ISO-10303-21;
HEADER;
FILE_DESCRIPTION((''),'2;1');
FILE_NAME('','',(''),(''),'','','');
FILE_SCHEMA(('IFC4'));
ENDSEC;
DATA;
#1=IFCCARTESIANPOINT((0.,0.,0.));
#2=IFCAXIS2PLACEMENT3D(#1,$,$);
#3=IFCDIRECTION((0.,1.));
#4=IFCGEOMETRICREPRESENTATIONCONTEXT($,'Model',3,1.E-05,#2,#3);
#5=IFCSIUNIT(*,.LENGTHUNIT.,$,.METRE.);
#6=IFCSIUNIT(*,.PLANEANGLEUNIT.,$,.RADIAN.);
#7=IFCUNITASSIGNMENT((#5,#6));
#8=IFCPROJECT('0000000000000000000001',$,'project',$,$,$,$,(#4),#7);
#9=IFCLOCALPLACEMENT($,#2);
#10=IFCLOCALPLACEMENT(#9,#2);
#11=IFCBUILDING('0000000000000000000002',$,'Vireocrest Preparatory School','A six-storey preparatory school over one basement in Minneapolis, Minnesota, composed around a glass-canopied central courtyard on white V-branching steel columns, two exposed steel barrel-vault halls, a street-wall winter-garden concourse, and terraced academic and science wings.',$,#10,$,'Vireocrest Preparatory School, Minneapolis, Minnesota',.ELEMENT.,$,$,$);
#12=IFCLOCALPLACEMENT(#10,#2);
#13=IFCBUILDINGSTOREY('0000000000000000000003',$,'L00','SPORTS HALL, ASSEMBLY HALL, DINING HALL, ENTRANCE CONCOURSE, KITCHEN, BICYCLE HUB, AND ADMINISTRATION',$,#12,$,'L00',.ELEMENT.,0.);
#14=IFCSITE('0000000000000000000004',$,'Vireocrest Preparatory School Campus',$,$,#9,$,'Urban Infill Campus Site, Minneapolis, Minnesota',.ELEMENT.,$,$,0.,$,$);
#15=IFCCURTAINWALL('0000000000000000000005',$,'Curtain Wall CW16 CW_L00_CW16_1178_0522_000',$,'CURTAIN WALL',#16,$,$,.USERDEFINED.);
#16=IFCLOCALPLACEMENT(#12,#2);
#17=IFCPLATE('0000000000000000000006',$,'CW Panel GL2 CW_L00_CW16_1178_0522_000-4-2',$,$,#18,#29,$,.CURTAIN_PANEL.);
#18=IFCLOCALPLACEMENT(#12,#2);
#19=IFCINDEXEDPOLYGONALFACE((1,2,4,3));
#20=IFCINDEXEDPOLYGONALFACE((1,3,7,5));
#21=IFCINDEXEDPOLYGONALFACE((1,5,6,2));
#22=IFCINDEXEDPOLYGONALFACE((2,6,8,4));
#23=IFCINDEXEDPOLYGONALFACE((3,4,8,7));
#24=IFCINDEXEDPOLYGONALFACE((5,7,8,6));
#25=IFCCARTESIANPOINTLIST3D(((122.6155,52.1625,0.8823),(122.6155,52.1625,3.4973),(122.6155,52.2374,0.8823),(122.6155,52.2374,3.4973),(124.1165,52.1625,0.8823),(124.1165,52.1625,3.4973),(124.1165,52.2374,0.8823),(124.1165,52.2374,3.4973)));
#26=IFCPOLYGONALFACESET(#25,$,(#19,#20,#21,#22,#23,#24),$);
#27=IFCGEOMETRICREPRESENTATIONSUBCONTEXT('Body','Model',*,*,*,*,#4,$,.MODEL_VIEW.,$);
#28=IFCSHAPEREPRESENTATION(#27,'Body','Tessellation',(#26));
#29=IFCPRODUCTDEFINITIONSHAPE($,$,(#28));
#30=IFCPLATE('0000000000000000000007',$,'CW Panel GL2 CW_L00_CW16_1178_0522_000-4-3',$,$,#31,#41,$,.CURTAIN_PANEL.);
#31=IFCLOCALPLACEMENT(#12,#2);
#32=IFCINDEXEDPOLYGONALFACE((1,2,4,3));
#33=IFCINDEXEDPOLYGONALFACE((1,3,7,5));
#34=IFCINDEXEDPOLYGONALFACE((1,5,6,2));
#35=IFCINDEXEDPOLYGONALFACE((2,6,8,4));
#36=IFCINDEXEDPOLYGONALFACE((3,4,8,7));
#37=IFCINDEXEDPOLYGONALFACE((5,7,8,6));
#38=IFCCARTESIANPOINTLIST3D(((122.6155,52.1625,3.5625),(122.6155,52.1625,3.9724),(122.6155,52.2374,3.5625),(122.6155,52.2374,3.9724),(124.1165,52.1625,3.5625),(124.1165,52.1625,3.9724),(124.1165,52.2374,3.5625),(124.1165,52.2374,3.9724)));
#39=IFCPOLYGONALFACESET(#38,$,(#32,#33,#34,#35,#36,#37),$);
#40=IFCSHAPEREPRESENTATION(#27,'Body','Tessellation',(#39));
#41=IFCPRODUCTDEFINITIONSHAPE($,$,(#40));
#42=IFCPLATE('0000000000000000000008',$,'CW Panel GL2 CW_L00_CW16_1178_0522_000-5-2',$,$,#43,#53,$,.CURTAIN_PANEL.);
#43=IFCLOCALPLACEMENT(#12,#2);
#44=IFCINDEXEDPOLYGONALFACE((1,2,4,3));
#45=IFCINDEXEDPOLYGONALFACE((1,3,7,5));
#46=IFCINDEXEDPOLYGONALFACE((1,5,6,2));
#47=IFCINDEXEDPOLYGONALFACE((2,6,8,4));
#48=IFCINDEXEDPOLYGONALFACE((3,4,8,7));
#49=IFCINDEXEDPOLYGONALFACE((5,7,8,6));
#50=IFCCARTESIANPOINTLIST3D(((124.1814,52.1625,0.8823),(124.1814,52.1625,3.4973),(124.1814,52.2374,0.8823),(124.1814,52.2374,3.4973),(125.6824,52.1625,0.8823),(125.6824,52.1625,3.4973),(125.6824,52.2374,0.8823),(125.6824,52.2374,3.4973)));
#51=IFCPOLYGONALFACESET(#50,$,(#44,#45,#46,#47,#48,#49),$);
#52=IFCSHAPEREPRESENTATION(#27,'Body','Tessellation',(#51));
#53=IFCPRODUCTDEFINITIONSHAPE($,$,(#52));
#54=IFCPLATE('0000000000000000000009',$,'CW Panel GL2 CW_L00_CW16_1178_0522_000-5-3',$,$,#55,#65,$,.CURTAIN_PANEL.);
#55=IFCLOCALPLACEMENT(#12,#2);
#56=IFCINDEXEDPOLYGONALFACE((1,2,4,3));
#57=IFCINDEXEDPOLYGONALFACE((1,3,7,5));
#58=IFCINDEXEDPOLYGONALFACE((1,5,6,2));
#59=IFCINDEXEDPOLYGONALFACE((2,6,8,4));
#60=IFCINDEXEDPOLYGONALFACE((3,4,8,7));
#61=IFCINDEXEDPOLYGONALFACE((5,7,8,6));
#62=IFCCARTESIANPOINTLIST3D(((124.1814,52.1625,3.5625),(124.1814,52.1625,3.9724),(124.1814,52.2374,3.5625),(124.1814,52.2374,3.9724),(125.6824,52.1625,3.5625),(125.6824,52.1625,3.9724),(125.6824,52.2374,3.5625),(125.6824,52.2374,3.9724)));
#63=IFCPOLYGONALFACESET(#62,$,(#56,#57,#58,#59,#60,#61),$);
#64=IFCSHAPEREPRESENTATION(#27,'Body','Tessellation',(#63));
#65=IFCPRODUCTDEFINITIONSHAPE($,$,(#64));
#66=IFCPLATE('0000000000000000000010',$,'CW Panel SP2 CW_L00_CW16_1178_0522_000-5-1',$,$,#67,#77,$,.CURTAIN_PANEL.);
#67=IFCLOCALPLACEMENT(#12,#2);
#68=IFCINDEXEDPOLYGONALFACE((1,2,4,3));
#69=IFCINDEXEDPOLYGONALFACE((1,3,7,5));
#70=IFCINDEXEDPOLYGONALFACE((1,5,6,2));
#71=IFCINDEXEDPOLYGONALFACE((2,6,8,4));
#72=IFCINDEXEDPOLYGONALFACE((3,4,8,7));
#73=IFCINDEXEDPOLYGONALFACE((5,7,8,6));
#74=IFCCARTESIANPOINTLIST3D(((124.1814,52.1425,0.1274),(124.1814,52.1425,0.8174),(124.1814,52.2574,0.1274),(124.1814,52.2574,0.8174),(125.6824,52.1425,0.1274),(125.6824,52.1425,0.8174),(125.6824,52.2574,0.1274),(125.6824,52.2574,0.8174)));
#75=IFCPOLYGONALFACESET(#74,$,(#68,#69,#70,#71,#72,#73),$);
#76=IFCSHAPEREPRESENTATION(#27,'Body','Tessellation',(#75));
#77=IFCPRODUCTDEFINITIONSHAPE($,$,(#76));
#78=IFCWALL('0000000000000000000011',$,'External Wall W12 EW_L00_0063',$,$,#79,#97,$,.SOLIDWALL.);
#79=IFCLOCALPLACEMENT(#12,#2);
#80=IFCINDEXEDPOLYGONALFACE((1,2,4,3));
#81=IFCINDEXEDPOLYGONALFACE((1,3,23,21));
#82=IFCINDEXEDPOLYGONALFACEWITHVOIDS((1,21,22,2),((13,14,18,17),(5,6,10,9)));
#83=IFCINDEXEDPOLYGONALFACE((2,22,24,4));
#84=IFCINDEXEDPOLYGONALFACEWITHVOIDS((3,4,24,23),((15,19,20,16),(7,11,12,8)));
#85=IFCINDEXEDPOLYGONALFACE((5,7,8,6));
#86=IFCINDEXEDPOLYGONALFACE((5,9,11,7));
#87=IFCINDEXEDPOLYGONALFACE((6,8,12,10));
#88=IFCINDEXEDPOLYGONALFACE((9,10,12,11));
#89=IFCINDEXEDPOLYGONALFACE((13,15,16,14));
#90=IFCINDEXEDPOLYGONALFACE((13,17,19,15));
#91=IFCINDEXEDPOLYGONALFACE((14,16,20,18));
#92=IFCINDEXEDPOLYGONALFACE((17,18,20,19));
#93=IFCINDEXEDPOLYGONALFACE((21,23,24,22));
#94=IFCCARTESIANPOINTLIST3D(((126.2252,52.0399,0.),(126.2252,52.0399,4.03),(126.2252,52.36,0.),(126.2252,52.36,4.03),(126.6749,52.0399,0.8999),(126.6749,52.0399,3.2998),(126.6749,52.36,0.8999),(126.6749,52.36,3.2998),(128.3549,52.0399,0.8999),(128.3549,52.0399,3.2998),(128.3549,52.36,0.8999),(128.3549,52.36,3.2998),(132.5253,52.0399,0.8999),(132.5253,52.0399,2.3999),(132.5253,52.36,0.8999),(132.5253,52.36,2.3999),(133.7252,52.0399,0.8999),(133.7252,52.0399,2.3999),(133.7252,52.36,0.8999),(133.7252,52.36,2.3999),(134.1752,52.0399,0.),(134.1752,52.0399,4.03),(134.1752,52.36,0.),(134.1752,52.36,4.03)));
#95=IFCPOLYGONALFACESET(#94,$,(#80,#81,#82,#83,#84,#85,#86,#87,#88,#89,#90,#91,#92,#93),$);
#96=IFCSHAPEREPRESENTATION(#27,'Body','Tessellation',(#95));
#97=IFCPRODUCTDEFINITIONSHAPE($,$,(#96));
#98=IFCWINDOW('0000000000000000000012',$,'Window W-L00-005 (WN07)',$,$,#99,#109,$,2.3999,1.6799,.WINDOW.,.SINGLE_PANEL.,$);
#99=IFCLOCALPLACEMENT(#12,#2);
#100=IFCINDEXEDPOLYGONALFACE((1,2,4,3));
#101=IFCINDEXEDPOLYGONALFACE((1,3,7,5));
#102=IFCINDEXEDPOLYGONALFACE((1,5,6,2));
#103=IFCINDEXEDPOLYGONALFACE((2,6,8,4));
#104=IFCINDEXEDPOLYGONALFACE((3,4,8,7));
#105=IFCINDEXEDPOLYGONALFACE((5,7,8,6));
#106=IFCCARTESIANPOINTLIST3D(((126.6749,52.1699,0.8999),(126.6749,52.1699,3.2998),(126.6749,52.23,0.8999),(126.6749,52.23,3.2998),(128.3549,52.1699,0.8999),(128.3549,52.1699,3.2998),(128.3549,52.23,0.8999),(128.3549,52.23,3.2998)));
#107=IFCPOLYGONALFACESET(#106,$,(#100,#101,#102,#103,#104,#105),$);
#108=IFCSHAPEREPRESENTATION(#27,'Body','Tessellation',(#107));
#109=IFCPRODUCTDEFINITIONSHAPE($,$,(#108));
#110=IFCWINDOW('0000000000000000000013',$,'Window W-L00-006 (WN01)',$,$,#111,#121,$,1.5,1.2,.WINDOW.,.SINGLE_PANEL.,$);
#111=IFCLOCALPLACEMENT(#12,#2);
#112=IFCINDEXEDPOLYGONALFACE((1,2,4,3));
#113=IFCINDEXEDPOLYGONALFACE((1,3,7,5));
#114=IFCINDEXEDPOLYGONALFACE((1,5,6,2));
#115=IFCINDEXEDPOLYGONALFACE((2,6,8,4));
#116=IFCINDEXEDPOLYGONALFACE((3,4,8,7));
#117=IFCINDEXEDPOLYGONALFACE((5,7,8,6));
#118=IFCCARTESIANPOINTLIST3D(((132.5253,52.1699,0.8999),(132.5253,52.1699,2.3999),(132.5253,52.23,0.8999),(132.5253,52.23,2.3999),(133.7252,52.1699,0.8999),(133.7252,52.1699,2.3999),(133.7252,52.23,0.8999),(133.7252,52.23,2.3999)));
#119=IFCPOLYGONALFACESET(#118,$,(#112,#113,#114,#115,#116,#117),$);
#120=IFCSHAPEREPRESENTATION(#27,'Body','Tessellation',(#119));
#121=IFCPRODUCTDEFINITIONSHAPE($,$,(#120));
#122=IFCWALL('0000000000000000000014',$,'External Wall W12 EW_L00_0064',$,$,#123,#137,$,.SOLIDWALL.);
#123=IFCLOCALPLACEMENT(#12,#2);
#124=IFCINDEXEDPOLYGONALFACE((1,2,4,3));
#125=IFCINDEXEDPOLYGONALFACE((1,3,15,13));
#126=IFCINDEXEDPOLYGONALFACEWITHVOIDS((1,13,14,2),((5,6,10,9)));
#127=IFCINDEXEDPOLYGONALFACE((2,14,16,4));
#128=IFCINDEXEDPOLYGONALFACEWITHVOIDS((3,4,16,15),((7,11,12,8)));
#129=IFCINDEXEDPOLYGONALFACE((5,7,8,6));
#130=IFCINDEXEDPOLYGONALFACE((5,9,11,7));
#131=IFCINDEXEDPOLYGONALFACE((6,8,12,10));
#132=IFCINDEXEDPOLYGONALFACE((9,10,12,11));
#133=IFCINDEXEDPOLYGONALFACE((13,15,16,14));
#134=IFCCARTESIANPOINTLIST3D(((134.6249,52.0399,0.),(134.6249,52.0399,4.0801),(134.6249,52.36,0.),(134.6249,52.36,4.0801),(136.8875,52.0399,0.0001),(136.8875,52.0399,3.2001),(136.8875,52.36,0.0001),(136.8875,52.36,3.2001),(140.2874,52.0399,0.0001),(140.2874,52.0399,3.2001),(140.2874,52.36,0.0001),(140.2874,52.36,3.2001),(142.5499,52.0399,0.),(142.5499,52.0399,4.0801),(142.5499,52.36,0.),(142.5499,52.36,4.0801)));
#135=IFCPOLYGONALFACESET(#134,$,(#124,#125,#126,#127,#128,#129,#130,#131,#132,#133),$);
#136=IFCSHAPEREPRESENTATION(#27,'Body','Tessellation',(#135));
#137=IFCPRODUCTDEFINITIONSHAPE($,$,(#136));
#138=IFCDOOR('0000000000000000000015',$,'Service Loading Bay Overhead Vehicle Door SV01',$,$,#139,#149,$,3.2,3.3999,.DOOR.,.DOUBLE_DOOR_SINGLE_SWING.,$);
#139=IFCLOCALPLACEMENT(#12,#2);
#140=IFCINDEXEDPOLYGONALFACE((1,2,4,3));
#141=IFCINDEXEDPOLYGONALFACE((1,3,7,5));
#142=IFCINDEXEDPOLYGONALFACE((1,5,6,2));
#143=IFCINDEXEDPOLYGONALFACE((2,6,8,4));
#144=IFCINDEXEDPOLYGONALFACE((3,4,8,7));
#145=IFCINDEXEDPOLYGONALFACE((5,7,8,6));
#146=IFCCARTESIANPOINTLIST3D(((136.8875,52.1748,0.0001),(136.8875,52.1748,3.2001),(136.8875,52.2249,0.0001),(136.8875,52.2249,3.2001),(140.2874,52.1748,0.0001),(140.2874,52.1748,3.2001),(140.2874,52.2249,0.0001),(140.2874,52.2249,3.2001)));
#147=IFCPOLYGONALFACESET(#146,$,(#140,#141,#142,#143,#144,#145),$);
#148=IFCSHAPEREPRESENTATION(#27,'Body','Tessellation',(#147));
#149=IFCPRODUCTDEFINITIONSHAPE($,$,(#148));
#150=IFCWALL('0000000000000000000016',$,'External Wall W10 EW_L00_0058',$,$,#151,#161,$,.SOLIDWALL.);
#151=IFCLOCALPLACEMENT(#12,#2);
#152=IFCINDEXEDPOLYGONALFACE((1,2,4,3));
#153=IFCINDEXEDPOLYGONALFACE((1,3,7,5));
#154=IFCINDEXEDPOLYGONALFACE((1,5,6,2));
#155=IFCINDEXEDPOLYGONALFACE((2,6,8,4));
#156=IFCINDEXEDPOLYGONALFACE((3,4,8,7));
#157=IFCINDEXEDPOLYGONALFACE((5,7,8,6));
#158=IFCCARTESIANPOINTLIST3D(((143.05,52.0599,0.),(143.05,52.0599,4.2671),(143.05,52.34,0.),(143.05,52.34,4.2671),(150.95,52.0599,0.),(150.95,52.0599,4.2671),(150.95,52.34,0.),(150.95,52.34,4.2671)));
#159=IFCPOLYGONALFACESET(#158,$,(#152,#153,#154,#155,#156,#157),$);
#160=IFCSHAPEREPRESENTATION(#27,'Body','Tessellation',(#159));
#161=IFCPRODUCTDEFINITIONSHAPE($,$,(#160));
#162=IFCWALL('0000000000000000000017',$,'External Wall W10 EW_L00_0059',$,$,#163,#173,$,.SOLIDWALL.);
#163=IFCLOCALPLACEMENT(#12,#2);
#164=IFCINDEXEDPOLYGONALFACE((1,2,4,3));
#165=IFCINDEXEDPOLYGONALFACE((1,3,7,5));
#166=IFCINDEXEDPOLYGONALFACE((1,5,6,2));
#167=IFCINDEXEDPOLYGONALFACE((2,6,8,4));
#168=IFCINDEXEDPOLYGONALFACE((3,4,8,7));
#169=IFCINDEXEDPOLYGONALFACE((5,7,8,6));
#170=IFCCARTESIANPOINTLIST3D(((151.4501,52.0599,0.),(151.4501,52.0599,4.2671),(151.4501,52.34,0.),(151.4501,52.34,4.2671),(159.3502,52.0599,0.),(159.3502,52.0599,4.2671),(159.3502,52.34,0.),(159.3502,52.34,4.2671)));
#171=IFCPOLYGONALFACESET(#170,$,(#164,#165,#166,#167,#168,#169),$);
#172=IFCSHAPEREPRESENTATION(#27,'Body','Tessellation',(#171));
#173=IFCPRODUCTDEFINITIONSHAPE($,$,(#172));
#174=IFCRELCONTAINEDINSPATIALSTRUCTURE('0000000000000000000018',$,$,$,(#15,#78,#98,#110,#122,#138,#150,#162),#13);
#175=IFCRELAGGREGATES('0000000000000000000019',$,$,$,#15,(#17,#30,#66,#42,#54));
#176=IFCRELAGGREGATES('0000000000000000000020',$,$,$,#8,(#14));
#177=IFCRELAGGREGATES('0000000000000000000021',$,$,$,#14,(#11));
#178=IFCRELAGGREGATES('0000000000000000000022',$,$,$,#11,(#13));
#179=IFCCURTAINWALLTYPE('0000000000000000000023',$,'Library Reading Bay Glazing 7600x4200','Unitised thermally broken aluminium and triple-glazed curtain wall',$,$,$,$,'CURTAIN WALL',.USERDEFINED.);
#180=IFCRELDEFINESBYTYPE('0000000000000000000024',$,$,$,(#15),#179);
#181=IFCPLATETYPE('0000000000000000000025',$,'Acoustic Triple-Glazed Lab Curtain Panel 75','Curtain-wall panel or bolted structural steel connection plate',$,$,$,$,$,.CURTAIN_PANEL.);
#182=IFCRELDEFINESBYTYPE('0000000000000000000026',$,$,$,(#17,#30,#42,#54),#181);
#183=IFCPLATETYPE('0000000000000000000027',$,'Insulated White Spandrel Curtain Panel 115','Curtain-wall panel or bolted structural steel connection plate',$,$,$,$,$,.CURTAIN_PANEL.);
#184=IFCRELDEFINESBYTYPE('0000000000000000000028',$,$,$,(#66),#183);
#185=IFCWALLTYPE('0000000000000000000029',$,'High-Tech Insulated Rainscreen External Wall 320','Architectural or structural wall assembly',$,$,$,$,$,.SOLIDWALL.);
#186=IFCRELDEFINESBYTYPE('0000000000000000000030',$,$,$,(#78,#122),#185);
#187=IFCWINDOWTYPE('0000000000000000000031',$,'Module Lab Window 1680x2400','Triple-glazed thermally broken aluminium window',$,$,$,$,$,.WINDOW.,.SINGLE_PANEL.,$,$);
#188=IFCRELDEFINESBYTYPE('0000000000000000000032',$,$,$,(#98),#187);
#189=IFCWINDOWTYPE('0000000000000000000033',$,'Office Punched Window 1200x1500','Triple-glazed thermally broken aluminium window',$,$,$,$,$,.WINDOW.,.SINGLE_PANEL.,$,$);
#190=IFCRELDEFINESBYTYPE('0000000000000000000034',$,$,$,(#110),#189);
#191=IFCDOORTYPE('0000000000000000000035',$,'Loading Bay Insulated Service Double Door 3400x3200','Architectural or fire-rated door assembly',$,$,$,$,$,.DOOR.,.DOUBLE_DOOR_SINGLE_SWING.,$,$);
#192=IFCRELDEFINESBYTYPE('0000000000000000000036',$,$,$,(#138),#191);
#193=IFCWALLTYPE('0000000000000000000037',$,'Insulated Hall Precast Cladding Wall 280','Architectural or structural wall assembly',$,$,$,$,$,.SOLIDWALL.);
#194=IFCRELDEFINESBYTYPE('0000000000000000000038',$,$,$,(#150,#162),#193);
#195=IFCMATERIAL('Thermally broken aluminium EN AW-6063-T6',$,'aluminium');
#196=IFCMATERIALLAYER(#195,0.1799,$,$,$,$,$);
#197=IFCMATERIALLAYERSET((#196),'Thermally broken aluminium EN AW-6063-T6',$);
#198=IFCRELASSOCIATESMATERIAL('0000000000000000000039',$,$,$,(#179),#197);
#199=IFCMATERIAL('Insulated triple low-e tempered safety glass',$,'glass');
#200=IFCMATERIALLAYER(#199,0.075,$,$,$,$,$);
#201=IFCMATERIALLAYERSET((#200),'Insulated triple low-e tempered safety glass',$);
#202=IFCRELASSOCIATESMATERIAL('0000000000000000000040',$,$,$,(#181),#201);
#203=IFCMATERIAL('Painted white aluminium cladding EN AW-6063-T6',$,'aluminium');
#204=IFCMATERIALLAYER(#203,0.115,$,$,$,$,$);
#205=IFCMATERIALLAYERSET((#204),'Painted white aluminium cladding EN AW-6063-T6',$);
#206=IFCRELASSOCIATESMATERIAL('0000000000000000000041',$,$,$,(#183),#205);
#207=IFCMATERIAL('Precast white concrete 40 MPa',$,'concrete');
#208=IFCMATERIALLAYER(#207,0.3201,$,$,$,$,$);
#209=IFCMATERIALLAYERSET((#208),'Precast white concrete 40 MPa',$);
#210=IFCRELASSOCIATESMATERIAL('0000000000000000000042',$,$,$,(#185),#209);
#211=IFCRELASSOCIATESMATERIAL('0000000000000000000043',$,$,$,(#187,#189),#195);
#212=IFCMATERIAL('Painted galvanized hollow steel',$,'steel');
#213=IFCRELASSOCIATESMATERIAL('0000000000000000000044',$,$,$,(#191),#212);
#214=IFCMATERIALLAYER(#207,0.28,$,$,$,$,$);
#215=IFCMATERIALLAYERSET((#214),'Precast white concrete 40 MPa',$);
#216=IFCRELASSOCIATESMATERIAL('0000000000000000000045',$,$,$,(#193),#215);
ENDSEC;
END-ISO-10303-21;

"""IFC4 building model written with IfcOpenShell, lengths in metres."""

from ifc_helpers import new_model, si_unit, direction, frame, frame_2d, origin, origin_2d, place, context, subcontext, project, spatial, rectangle, extrude, material, layer, layer_set, type_object, element, fill, aggregate, save


model = new_model("IFC4")

# Units and contexts
model_context = context("Model", 3, precision=1e-05, world=origin(), true_north=direction((0.0, 1.0)))
body_context = subcontext(model_context, "Body", "Model", "MODEL_VIEW")
ifc_project = project(units=[si_unit("LENGTHUNIT", "METRE"), si_unit("PLANEANGLEUNIT", "RADIAN")], contexts=[model_context])

# Site, building, storey
site_placement = place(None, origin())
site = spatial("IfcSite", under=ifc_project, at=site_placement, Name="Vireocrest Preparatory School Campus", LongName="Urban Infill Campus Site, Minneapolis, Minnesota", CompositionType="ELEMENT", RefElevation=0.0)
building_placement = place(site_placement, origin())
building = spatial("IfcBuilding", under=site, at=building_placement, Name="Vireocrest Preparatory School", Description="A six-storey preparatory school over one basement in Minneapolis, Minnesota, composed around a glass-canopied central courtyard on white V-branching steel columns, two exposed steel barrel-vault halls, a street-wall winter-garden concourse, and terraced academic and science wings.", LongName="Vireocrest Preparatory School, Minneapolis, Minnesota", CompositionType="ELEMENT")
storey_placement = place(building_placement, origin())
storey = spatial("IfcBuildingStorey", under=building, at=storey_placement, Name="L00", Description="SPORTS HALL, ASSEMBLY HALL, DINING HALL, ENTRANCE CONCOURSE, KITCHEN, BICYCLE HUB, AND ADMINISTRATION", LongName="L00", CompositionType="ELEMENT", Elevation=0.0)

# Curtain wall
ifc_material_1 = material(Name="Thermally broken aluminium EN AW-6063-T6", Category="aluminium")
ifc_layer_1 = layer(ifc_material_1, 0.1799)
ifc_layer_set_1 = layer_set([ifc_layer_1], Name="Thermally broken aluminium EN AW-6063-T6")
curtain_wall_type = type_object("IfcCurtainWallType", Name="Library Reading Bay Glazing 7600x4200", Description="Unitised thermally broken aluminium and triple-glazed curtain wall", ElementType="CURTAIN WALL", PredefinedType="USERDEFINED", material=ifc_layer_set_1)
curtain_wall_placement = place(storey_placement, origin())
curtain_wall = element("IfcCurtainWall", 1, at=curtain_wall_placement, inside=storey, type_object=curtain_wall_type, Name="Curtain Wall CW16 CW_L00_CW16_1178_0522_000", ObjectType="CURTAIN WALL", PredefinedType="USERDEFINED")

# Plates
ifc_material_2 = material(Name="Insulated triple low-e tempered safety glass", Category="glass")
ifc_layer_2 = layer(ifc_material_2, 0.075)
ifc_layer_set_2 = layer_set([ifc_layer_2], Name="Insulated triple low-e tempered safety glass")
plate_type_1 = type_object("IfcPlateType", Name="Acoustic Triple-Glazed Lab Curtain Panel 75", Description="Curtain-wall panel or bolted structural steel connection plate", PredefinedType="CURTAIN_PANEL", material=ifc_layer_set_2)
plate_1_placement = place(storey_placement, frame((123.366, 52.2, 0.8823), z_axis=(0.0, 0.0, 1.0), x_axis=(1.0, 0.0, 0.0)))
plate_1 = element("IfcPlate", 2, at=plate_1_placement, type_object=plate_type_1, Name="CW Panel GL2 CW_L00_CW16_1178_0522_000-4-2", PredefinedType="CURTAIN_PANEL", context=body_context, shape_type="SweptSolid", body=[
    extrude(rectangle(XDim=1.501, YDim=0.075, at=origin_2d()), origin(), (0.0, 0.0, 1.0), 2.615),
])
plate_2_placement = place(storey_placement, frame((123.366, 52.2, 3.5625), z_axis=(0.0, 0.0, 1.0), x_axis=(1.0, 0.0, 0.0)))
plate_2 = element("IfcPlate", 3, at=plate_2_placement, type_object=plate_type_1, Name="CW Panel GL2 CW_L00_CW16_1178_0522_000-4-3", PredefinedType="CURTAIN_PANEL", context=body_context, shape_type="SweptSolid", body=[
    extrude(rectangle(XDim=1.501, YDim=0.075, at=origin_2d()), origin(), (0.0, 0.0, 1.0), 0.4099),
])
plate_3_placement = place(storey_placement, frame((124.9319, 52.2, 0.8823), z_axis=(0.0, 0.0, 1.0), x_axis=(1.0, 0.0, 0.0)))
plate_3 = element("IfcPlate", 4, at=plate_3_placement, type_object=plate_type_1, Name="CW Panel GL2 CW_L00_CW16_1178_0522_000-5-2", PredefinedType="CURTAIN_PANEL", context=body_context, shape_type="SweptSolid", body=[
    extrude(rectangle(XDim=1.501, YDim=0.075, at=origin_2d()), origin(), (0.0, 0.0, 1.0), 2.615),
])
plate_4_placement = place(storey_placement, frame((124.9319, 52.2, 3.5625), z_axis=(0.0, 0.0, 1.0), x_axis=(1.0, 0.0, 0.0)))
plate_4 = element("IfcPlate", 5, at=plate_4_placement, type_object=plate_type_1, Name="CW Panel GL2 CW_L00_CW16_1178_0522_000-5-3", PredefinedType="CURTAIN_PANEL", context=body_context, shape_type="SweptSolid", body=[
    extrude(rectangle(XDim=1.501, YDim=0.075, at=origin_2d()), origin(), (0.0, 0.0, 1.0), 0.4099),
])
ifc_material_3 = material(Name="Painted white aluminium cladding EN AW-6063-T6", Category="aluminium")
ifc_layer_3 = layer(ifc_material_3, 0.115)
ifc_layer_set_3 = layer_set([ifc_layer_3], Name="Painted white aluminium cladding EN AW-6063-T6")
plate_type_2 = type_object("IfcPlateType", Name="Insulated White Spandrel Curtain Panel 115", Description="Curtain-wall panel or bolted structural steel connection plate", PredefinedType="CURTAIN_PANEL", material=ifc_layer_set_3)
plate_5_placement = place(storey_placement, frame((124.9319, 52.2, 0.1274), z_axis=(0.0, 0.0, 1.0), x_axis=(1.0, 0.0, 0.0)))
plate_5 = element("IfcPlate", 6, at=plate_5_placement, type_object=plate_type_2, Name="CW Panel SP2 CW_L00_CW16_1178_0522_000-5-1", PredefinedType="CURTAIN_PANEL", context=body_context, shape_type="SweptSolid", body=[
    extrude(rectangle(XDim=1.501, YDim=0.115, at=origin_2d()), origin(), (0.0, 0.0, 1.0), 0.6899),
])
aggregate(curtain_wall, [plate_1, plate_2, plate_5, plate_3, plate_4])

# Wall, openings, windows
ifc_material_4 = material(Name="Precast white concrete 40 MPa", Category="concrete")
ifc_layer_4 = layer(ifc_material_4, 0.3201)
ifc_layer_set_4 = layer_set([ifc_layer_4], Name="Precast white concrete 40 MPa")
wall_type_1 = type_object("IfcWallType", Name="High-Tech Insulated Rainscreen External Wall 320", Description="Architectural or structural wall assembly", PredefinedType="SOLIDWALL", material=ifc_layer_set_4)
wall_1_placement = place(storey_placement, frame((126.2251, 52.2, 0.0), z_axis=(0.0, 0.0, 1.0), x_axis=(1.0, 0.0, 0.0)))
wall_1 = element("IfcWall", 7, at=wall_1_placement, inside=storey, type_object=wall_type_1, Name="External Wall W12 EW_L00_0063", PredefinedType="SOLIDWALL", context=body_context, shape_type="SweptSolid", body=[
    extrude(rectangle(XDim=7.95, YDim=0.3201, at=frame_2d((3.9751, 0.0))), origin(), (0.0, 0.0, 1.0), 4.03),
])
opening_1_placement = place(wall_1_placement, frame((0.45, 0.0, 0.8999)))
opening_1 = element("IfcOpeningElement", 8, at=opening_1_placement, cuts=wall_1, PredefinedType="OPENING", context=body_context, shape_type="SweptSolid", body=[
    extrude(rectangle(XDim=1.6799, YDim=2.3999, at=frame_2d((0.8398, 1.2))), frame((0.0, 0.1699, 0.0), z_axis=(0.0, -1.0, 0.0), x_axis=(1.0, 0.0, 0.0)), (0.0, 0.0, 1.0), 0.3401),
])
opening_2_placement = place(wall_1_placement, frame((6.3, 0.0, 0.8999)))
opening_2 = element("IfcOpeningElement", 9, at=opening_2_placement, cuts=wall_1, PredefinedType="OPENING", context=body_context, shape_type="SweptSolid", body=[
    extrude(rectangle(XDim=1.2, YDim=1.5, at=frame_2d((0.6001, 0.75))), frame((0.0, 0.1699, 0.0), z_axis=(0.0, -1.0, 0.0), x_axis=(1.0, 0.0, 0.0)), (0.0, 0.0, 1.0), 0.3401),
])
window_type_1 = type_object("IfcWindowType", Name="Module Lab Window 1680x2400", Description="Triple-glazed thermally broken aluminium window", PartitioningType="SINGLE_PANEL", PredefinedType="WINDOW", material=ifc_material_1)
window_1_placement = place(opening_1_placement, origin())
window_1 = element("IfcWindow", 10, at=window_1_placement, inside=storey, type_object=window_type_1, Name="Window W-L00-005 (WN07)", OverallHeight=2.3999, OverallWidth=1.6799, PartitioningType="SINGLE_PANEL", PredefinedType="WINDOW", context=body_context, shape_type="SweptSolid", body=[
    extrude(rectangle(XDim=1.6799, YDim=2.3999, at=frame_2d((0.8398, 1.2))), frame((0.0, 0.03, 0.0), z_axis=(0.0, -1.0, 0.0), x_axis=(1.0, 0.0, 0.0)), (0.0, 0.0, 1.0), 0.0601),
])
fill(opening_1, window_1)
window_type_2 = type_object("IfcWindowType", Name="Office Punched Window 1200x1500", Description="Triple-glazed thermally broken aluminium window", PartitioningType="SINGLE_PANEL", PredefinedType="WINDOW", material=ifc_material_1)
window_2_placement = place(opening_2_placement, origin())
window_2 = element("IfcWindow", 11, at=window_2_placement, inside=storey, type_object=window_type_2, Name="Window W-L00-006 (WN01)", OverallHeight=1.5, OverallWidth=1.2, PartitioningType="SINGLE_PANEL", PredefinedType="WINDOW", context=body_context, shape_type="SweptSolid", body=[
    extrude(rectangle(XDim=1.2, YDim=1.5, at=frame_2d((0.6001, 0.75))), frame((0.0, 0.03, 0.0), z_axis=(0.0, -1.0, 0.0), x_axis=(1.0, 0.0, 0.0)), (0.0, 0.0, 1.0), 0.0601),
])
fill(opening_2, window_2)

# Wall, opening, door
wall_2_placement = place(storey_placement, frame((134.625, 52.2, 0.0), z_axis=(0.0, 0.0, 1.0), x_axis=(1.0, 0.0, 0.0)))
wall_2 = element("IfcWall", 12, at=wall_2_placement, inside=storey, type_object=wall_type_1, Name="External Wall W12 EW_L00_0064", PredefinedType="SOLIDWALL", context=body_context, shape_type="SweptSolid", body=[
    extrude(rectangle(XDim=7.925, YDim=0.3201, at=frame_2d((3.9624, 0.0))), origin(), (0.0, 0.0, 1.0), 4.0801),
])
opening_3_placement = place(wall_2_placement, frame((2.2625, 0.0, 0.0)))
opening_3 = element("IfcOpeningElement", 13, at=opening_3_placement, cuts=wall_2, PredefinedType="OPENING", context=body_context, shape_type="SweptSolid", body=[
    extrude(rectangle(XDim=3.3999, YDim=3.2, at=frame_2d((1.7, 1.6001))), frame((0.0, 0.1699, 0.0), z_axis=(0.0, -1.0, 0.0), x_axis=(1.0, 0.0, 0.0)), (0.0, 0.0, 1.0), 0.3401),
])
ifc_material_5 = material(Name="Painted galvanized hollow steel", Category="steel")
door_type = type_object("IfcDoorType", Name="Loading Bay Insulated Service Double Door 3400x3200", Description="Architectural or fire-rated door assembly", OperationType="DOUBLE_DOOR_SINGLE_SWING", PredefinedType="DOOR", material=ifc_material_5)
door_placement = place(opening_3_placement, origin())
door = element("IfcDoor", 14, at=door_placement, inside=storey, type_object=door_type, Name="Service Loading Bay Overhead Vehicle Door SV01", OperationType="DOUBLE_DOOR_SINGLE_SWING", OverallHeight=3.2, OverallWidth=3.3999, PredefinedType="DOOR", context=body_context, shape_type="SweptSolid", body=[
    extrude(rectangle(XDim=3.3999, YDim=3.2, at=frame_2d((1.7, 1.6001))), frame((0.0, 0.0249, 0.0), z_axis=(0.0, -1.0, 0.0), x_axis=(1.0, 0.0, 0.0)), (0.0, 0.0, 1.0), 0.05),
])
fill(opening_3, door)

# Walls
ifc_layer_5 = layer(ifc_material_4, 0.28)
ifc_layer_set_5 = layer_set([ifc_layer_5], Name="Precast white concrete 40 MPa")
wall_type_2 = type_object("IfcWallType", Name="Insulated Hall Precast Cladding Wall 280", Description="Architectural or structural wall assembly", PredefinedType="SOLIDWALL", material=ifc_layer_set_5)
wall_3_placement = place(storey_placement, frame((143.05, 52.2, 0.0), z_axis=(0.0, 0.0, 1.0), x_axis=(1.0, 0.0, 0.0)))
element("IfcWall", 15, at=wall_3_placement, inside=storey, type_object=wall_type_2, Name="External Wall W10 EW_L00_0058", PredefinedType="SOLIDWALL", context=body_context, shape_type="SweptSolid", body=[
    extrude(rectangle(XDim=7.8999, YDim=0.28, at=frame_2d((3.95, 0.0))), origin(), (0.0, 0.0, 1.0), 4.2671),
])
wall_4_placement = place(storey_placement, frame((151.45, 52.2, 0.0), z_axis=(0.0, 0.0, 1.0), x_axis=(1.0, 0.0, 0.0)))
element("IfcWall", 16, at=wall_4_placement, inside=storey, type_object=wall_type_2, Name="External Wall W10 EW_L00_0059", PredefinedType="SOLIDWALL", context=body_context, shape_type="SweptSolid", body=[
    extrude(rectangle(XDim=7.9001, YDim=0.28, at=frame_2d((3.9502, 0.0))), origin(), (0.0, 0.0, 1.0), 4.2671),
])

save(model, "model.ifc")
